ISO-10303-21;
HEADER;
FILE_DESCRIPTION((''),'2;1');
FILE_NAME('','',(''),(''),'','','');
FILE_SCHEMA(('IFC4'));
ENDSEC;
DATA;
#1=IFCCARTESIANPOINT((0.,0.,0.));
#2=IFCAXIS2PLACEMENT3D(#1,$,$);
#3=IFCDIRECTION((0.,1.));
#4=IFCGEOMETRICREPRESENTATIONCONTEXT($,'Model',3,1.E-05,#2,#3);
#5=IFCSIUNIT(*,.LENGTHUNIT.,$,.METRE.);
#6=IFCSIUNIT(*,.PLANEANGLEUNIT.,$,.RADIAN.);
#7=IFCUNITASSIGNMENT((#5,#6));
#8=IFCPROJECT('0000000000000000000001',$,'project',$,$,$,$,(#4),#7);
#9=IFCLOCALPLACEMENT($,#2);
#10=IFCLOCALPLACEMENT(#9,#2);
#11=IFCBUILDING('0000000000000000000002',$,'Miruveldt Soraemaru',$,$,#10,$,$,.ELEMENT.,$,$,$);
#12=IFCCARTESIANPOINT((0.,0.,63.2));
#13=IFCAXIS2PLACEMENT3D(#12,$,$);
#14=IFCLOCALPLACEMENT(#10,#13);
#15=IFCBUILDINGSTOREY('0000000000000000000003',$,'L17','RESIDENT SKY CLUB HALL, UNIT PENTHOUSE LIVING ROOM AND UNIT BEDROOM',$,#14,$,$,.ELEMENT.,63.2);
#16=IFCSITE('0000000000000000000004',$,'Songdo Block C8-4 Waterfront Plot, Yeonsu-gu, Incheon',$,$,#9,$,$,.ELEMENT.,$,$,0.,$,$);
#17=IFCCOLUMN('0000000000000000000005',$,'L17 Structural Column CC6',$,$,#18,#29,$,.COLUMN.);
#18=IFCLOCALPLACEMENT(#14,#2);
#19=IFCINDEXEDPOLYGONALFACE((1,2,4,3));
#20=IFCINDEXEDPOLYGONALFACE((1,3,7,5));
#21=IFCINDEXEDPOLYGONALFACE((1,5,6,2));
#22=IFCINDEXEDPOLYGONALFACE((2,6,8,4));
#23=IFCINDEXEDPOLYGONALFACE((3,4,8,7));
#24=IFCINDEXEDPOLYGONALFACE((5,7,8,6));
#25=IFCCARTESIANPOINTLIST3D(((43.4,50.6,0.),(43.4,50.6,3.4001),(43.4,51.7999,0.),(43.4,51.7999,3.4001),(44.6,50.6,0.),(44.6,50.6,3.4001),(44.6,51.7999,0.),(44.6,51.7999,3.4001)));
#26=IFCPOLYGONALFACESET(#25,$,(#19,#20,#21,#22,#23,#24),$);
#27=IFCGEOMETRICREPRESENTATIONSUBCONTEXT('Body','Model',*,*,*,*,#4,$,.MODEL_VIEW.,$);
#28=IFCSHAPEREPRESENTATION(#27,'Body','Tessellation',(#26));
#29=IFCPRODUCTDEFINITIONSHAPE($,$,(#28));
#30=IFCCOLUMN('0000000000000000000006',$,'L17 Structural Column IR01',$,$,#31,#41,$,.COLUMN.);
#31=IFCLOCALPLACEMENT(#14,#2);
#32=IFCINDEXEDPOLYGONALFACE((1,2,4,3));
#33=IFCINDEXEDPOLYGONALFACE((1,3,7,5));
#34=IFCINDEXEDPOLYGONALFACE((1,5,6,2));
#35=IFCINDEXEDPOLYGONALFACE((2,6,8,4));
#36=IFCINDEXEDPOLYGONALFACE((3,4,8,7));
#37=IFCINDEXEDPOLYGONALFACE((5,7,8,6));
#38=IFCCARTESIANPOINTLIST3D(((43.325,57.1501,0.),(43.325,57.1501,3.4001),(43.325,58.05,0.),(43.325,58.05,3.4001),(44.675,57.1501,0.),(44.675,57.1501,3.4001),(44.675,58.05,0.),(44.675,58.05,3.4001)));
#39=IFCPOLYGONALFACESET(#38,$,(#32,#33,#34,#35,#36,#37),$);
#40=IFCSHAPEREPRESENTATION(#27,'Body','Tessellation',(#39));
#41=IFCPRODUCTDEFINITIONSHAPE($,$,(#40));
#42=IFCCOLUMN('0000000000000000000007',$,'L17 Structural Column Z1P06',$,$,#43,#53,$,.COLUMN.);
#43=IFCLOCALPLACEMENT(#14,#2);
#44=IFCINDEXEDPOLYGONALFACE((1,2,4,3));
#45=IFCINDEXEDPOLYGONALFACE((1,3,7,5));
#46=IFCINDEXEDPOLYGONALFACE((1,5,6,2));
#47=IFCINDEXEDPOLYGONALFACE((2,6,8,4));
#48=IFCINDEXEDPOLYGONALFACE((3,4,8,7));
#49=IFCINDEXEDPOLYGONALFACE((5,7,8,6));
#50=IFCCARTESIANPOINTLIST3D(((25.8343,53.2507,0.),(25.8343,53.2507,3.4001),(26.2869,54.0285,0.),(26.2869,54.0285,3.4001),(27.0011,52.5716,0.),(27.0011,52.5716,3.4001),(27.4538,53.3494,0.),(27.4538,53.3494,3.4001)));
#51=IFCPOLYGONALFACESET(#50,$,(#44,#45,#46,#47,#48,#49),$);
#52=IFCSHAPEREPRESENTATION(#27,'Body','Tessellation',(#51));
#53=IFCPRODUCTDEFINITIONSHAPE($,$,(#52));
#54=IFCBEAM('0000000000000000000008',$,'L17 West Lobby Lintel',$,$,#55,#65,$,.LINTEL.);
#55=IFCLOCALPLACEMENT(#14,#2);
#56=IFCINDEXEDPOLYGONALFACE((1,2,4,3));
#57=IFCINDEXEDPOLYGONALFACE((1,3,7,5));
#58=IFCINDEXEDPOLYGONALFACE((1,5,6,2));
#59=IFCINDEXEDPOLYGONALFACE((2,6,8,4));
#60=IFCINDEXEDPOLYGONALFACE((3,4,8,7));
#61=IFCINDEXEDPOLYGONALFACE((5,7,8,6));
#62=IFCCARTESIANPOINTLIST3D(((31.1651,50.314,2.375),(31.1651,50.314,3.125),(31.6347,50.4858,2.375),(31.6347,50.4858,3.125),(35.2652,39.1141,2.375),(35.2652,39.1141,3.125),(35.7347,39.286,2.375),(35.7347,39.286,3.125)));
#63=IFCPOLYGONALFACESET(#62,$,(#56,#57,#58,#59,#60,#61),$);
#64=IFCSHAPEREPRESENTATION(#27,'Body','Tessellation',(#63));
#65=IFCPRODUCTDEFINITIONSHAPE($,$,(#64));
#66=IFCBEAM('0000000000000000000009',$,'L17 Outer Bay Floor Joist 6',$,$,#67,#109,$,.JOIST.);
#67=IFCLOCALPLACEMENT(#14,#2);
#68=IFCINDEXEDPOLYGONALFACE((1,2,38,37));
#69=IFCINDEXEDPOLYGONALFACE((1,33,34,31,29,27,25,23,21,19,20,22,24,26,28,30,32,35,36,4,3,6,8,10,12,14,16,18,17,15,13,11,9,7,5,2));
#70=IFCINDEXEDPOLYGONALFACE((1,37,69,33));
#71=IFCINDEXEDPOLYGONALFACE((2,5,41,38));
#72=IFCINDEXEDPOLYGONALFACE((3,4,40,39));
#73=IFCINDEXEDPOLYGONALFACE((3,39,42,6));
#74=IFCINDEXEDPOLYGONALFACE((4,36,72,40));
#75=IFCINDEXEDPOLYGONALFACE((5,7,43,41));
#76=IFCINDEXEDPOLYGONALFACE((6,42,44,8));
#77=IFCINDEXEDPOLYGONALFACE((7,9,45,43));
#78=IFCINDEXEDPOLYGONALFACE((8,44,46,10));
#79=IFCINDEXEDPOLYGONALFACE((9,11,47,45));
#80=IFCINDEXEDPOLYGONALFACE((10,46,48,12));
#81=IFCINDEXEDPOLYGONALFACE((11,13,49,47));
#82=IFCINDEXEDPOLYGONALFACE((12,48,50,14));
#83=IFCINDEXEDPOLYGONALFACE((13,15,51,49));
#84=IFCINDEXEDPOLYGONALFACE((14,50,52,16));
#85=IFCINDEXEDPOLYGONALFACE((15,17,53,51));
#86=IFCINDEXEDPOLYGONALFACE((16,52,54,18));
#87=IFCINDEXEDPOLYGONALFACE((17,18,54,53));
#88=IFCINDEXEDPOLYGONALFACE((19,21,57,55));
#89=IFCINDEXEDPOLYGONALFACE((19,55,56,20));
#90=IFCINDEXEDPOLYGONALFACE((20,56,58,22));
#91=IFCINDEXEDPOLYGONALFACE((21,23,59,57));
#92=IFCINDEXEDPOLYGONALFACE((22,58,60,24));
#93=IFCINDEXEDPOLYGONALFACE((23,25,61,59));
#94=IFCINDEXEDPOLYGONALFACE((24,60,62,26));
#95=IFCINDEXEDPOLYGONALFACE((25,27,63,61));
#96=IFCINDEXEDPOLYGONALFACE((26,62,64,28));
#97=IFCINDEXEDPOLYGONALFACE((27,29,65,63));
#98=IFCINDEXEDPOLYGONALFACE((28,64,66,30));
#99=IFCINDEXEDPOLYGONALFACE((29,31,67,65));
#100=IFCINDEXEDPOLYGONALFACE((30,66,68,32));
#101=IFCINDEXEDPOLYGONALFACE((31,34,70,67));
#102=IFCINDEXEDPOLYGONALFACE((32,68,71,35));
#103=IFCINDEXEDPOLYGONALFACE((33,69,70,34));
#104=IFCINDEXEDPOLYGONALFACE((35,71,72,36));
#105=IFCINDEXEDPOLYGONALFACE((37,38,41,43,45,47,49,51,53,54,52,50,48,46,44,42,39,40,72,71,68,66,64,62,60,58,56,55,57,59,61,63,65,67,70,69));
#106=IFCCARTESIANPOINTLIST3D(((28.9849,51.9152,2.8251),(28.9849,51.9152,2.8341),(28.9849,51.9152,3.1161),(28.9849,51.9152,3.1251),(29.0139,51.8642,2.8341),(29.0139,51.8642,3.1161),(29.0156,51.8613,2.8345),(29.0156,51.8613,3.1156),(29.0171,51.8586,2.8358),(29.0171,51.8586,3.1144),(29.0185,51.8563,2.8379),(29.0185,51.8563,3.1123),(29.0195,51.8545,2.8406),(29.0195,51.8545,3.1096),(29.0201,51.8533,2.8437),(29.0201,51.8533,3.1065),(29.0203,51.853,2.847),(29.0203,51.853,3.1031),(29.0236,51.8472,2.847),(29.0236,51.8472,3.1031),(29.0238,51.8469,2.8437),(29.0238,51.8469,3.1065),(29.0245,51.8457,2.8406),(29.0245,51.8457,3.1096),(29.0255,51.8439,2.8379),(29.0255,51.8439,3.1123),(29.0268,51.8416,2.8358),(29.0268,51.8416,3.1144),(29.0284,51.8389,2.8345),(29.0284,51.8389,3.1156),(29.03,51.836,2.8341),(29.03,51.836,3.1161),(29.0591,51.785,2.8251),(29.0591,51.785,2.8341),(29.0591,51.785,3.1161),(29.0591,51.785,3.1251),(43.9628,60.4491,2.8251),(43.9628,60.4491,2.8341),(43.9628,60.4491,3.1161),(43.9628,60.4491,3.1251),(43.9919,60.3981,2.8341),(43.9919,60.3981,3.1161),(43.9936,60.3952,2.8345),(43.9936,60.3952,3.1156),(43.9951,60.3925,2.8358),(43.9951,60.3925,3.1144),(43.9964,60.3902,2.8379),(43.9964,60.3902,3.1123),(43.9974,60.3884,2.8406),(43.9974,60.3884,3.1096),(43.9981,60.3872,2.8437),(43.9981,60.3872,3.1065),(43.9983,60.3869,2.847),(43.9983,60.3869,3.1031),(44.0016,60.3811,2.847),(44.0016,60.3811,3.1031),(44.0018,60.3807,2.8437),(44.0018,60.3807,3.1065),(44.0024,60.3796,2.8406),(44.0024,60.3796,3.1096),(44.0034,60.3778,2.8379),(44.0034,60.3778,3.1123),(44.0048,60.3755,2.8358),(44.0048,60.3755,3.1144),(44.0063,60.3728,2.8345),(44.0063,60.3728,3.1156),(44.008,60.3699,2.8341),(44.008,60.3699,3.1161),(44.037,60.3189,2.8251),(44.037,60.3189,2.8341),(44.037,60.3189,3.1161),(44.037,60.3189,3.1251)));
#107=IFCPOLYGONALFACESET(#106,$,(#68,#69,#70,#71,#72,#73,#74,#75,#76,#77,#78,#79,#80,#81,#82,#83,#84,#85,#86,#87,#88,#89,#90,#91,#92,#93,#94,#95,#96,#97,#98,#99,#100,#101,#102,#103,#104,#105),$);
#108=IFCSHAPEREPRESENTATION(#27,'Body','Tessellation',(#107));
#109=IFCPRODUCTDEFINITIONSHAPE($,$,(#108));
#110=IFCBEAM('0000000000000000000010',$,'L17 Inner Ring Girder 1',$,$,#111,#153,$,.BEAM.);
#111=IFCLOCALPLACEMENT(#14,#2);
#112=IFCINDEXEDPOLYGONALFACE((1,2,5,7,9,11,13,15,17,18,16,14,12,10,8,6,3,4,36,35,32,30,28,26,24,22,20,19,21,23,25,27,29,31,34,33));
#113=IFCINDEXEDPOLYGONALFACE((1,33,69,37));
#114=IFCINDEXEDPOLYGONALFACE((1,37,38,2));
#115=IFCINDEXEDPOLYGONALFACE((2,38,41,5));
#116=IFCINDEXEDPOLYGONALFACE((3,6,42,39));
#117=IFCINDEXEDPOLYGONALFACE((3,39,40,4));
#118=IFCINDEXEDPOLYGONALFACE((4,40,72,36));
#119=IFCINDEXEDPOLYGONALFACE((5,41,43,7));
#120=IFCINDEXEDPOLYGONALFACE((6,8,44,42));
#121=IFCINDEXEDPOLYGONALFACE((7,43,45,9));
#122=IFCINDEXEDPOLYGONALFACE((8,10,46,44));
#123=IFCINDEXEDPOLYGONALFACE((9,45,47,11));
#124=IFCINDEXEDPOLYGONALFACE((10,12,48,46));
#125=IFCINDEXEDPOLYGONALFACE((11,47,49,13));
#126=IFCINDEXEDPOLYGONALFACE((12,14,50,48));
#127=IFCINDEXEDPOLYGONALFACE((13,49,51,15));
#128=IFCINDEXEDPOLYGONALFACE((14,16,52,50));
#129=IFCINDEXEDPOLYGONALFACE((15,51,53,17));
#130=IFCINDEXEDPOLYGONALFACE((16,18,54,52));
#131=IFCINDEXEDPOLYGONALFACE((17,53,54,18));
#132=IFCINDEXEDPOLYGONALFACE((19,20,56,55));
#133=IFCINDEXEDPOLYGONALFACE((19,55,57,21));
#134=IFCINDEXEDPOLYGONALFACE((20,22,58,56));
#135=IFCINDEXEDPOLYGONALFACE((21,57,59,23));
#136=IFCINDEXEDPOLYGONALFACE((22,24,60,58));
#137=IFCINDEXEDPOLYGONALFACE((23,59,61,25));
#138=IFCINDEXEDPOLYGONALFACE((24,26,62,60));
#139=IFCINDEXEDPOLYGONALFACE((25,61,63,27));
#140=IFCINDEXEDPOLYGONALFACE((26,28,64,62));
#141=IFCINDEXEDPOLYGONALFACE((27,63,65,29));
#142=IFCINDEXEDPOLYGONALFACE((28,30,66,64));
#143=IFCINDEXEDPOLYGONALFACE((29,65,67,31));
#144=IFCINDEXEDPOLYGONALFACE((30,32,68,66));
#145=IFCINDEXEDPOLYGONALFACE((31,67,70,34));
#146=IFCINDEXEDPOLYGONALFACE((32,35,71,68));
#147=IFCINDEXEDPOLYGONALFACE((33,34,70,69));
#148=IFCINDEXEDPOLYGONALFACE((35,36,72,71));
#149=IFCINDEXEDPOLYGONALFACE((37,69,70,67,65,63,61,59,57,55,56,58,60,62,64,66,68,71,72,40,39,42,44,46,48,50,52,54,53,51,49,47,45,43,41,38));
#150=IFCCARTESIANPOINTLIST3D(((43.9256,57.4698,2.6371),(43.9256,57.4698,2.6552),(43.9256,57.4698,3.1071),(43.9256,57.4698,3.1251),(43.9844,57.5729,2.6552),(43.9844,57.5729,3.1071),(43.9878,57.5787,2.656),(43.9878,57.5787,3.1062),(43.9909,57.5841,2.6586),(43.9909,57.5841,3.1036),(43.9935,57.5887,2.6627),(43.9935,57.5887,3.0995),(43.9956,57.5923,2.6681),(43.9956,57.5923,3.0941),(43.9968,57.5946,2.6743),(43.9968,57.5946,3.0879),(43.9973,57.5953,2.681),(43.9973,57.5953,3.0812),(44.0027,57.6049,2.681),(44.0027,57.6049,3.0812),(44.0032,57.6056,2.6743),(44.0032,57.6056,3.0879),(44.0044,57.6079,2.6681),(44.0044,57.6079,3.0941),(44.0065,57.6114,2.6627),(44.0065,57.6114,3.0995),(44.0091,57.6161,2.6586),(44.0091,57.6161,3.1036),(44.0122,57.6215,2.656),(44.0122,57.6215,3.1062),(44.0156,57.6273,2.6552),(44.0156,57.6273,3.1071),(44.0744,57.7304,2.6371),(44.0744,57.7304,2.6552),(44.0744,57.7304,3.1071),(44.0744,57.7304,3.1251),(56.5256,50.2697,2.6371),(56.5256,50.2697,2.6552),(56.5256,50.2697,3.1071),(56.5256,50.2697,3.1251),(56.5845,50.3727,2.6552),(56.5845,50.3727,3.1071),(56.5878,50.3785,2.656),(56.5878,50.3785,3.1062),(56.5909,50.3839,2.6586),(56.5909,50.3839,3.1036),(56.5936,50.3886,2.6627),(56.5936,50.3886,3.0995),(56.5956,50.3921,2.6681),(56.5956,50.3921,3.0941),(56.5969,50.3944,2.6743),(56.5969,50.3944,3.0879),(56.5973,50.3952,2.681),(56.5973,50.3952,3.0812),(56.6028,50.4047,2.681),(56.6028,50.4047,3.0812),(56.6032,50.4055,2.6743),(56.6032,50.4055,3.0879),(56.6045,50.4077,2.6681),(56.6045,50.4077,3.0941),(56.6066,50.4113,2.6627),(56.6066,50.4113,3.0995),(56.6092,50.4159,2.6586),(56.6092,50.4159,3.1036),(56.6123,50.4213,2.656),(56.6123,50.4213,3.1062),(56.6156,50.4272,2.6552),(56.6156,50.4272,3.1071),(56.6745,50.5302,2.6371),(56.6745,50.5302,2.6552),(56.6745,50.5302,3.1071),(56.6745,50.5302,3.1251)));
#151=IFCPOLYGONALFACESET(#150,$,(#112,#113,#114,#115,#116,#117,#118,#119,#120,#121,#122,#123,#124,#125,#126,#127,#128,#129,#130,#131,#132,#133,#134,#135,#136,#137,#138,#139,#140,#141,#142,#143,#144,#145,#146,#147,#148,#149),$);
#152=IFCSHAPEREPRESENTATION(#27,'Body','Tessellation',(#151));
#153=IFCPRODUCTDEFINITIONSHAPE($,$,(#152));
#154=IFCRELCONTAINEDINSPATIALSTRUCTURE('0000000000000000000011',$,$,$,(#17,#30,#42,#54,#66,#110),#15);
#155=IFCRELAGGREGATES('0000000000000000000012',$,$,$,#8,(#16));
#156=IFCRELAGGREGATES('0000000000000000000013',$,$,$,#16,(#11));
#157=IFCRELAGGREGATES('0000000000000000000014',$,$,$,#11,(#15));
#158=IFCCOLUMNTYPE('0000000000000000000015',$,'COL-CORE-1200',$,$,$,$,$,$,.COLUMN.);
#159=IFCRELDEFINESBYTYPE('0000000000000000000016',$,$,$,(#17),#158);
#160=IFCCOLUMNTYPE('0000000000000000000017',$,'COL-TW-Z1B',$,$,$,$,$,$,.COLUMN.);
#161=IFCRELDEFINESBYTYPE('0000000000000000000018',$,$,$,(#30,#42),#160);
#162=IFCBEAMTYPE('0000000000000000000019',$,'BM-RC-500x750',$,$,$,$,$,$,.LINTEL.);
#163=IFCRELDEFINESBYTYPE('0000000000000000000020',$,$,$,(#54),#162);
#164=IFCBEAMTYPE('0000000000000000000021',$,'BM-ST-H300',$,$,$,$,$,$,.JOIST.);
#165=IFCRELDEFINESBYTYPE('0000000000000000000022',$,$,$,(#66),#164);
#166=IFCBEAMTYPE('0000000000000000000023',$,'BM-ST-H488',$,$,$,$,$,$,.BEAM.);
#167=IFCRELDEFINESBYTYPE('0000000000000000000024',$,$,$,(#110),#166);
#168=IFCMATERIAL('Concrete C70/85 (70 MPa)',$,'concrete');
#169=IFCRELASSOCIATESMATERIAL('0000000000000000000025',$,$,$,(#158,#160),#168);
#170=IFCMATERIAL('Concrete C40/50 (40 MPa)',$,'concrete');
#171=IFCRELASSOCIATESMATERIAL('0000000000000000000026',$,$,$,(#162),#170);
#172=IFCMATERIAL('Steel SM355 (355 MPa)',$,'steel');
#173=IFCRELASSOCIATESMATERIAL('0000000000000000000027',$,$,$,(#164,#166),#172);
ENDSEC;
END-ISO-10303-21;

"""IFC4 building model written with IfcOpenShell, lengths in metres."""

from ifc_helpers import new_model, si_unit, direction, frame, origin, origin_2d, place, context, subcontext, project, spatial, rectangle, i_section, extrude, material, material_profile, profile_set, type_object, element, save


model = new_model("IFC4")

# Units and contexts
model_context = context("Model", 3, precision=1e-05, world=origin(), true_north=direction((0.0, 1.0)))
body_context = subcontext(model_context, "Body", "Model", "MODEL_VIEW")
ifc_project = project(units=[si_unit("LENGTHUNIT", "METRE"), si_unit("PLANEANGLEUNIT", "RADIAN")], contexts=[model_context])

# Site, building, storey
site_placement = place(None, origin())
site = spatial("IfcSite", under=ifc_project, at=site_placement, Name="Songdo Block C8-4 Waterfront Plot, Yeonsu-gu, Incheon", CompositionType="ELEMENT", RefElevation=0.0)
building_placement = place(site_placement, origin())
building = spatial("IfcBuilding", under=site, at=building_placement, Name="Miruveldt Soraemaru", CompositionType="ELEMENT")
storey_placement = place(building_placement, frame((0.0, 0.0, 63.2)))
storey = spatial("IfcBuildingStorey", under=building, at=storey_placement, Name="L17", Description="RESIDENT SKY CLUB HALL, UNIT PENTHOUSE LIVING ROOM AND UNIT BEDROOM", CompositionType="ELEMENT", Elevation=63.2)

# Columns
ifc_material_1 = material(Name="Concrete C70/85 (70 MPa)", Category="concrete")
ifc_material_profile_1 = material_profile(ifc_material_1, rectangle(XDim=1.2, YDim=1.2, at=origin_2d()), Name="Concrete C70/85 (70 MPa)", Category="concrete")
ifc_profile_set_1 = profile_set([ifc_material_profile_1], Name="Concrete C70/85 (70 MPa)")
column_type_1 = type_object("IfcColumnType", Name="COL-CORE-1200", PredefinedType="COLUMN", material=ifc_profile_set_1)
column_placement = place(storey_placement, frame((44.0, 51.2, 0.0), z_axis=(0.0, 0.0, 1.0), x_axis=(1.0, 0.0, 0.0)))
element("IfcColumn", 1, at=column_placement, inside=storey, type_object=column_type_1, Name="L17 Structural Column CC6", PredefinedType="COLUMN", context=body_context, shape_type="SweptSolid", body=[
    extrude(rectangle(XDim=1.2, YDim=1.2, at=origin_2d()), origin(), (0.0, 0.0, 1.0), 3.4001),
])
ifc_material_profile_2 = material_profile(ifc_material_1, rectangle(XDim=1.3501, YDim=0.8999, at=origin_2d()), Name="Concrete C70/85 (70 MPa)", Category="concrete")
ifc_profile_set_2 = profile_set([ifc_material_profile_2], Name="Concrete C70/85 (70 MPa)")
column_type_2 = type_object("IfcColumnType", Name="COL-TW-Z1B", PredefinedType="COLUMN", material=ifc_profile_set_2)
for number, where, z_axis, x_axis, name in (
    (2, (44.0, 57.6001, 0.0), (0.0, 0.0, 1.0), (1.0, 0.0, 0.0), "L17 Structural Column IR01"),
    (3, (26.644, 53.3, 0.0), (0.0, 0.0, 1.0), (-0.864275, 0.50302, 0.0), "L17 Structural Column Z1P06"),
):
    element("IfcColumn", number, at=place(storey_placement, frame(where, z_axis=z_axis, x_axis=x_axis)), inside=storey, type_object=column_type_2, Name=name, PredefinedType="COLUMN", context=body_context, shape_type="SweptSolid", body=[
        extrude(rectangle(XDim=1.3501, YDim=0.8999, at=origin_2d()), origin(), (0.0, 0.0, 1.0), 3.4001),
    ])

# Beams
ifc_material_2 = material(Name="Concrete C40/50 (40 MPa)", Category="concrete")
ifc_material_profile_3 = material_profile(ifc_material_2, rectangle(XDim=0.5, YDim=0.75, at=origin_2d()), Name="Concrete C40/50 (40 MPa)", Category="concrete")
ifc_profile_set_3 = profile_set([ifc_material_profile_3], Name="Concrete C40/50 (40 MPa)")
beam_type_1 = type_object("IfcBeamType", Name="BM-RC-500x750", PredefinedType="LINTEL", material=ifc_profile_set_3)
beam_1_placement = place(storey_placement, frame((31.3999, 50.3999, 2.75), z_axis=(0.34377, -0.939054, 0.0), x_axis=(0.939054, 0.34377, 0.0)))
element("IfcBeam", 4, at=beam_1_placement, inside=storey, type_object=beam_type_1, Name="L17 West Lobby Lintel", PredefinedType="LINTEL", context=body_context, shape_type="SweptSolid", body=[
    extrude(rectangle(XDim=0.5, YDim=0.75, at=origin_2d()), origin(), (0.0, 0.0, 1.0), 11.9268),
])
ifc_material_3 = material(Name="Steel SM355 (355 MPa)", Category="steel")
ifc_material_profile_4 = material_profile(ifc_material_3, i_section(OverallWidth=0.1499, OverallDepth=0.3, WebThickness=0.0066, FlangeThickness=0.009, FilletRadius=0.0129, at=origin_2d()), Name="Steel SM355 (355 MPa)", Category="steel")
ifc_profile_set_4 = profile_set([ifc_material_profile_4], Name="Steel SM355 (355 MPa)")
beam_type_2 = type_object("IfcBeamType", Name="BM-ST-H300", PredefinedType="JOIST", material=ifc_profile_set_4)
beam_2_placement = place(storey_placement, frame((29.022, 51.8501, 2.9751), z_axis=(0.868866, 0.495048, 0.0), x_axis=(-0.495048, 0.868866, 0.0)))
element("IfcBeam", 5, at=beam_2_placement, inside=storey, type_object=beam_type_2, Name="L17 Outer Bay Floor Joist 6", PredefinedType="JOIST", context=body_context, shape_type="SweptSolid", body=[
    extrude(i_section(OverallWidth=0.1499, OverallDepth=0.3, WebThickness=0.0066, FlangeThickness=0.009, FilletRadius=0.0129, at=origin_2d()), origin(), (0.0, 0.0, 1.0), 17.2385),
])
ifc_material_profile_5 = material_profile(ifc_material_3, i_section(OverallWidth=0.3, OverallDepth=0.488, WebThickness=0.011, FlangeThickness=0.0181, FilletRadius=0.0259, at=origin_2d()), Name="Steel SM355 (355 MPa)", Category="steel")
ifc_profile_set_5 = profile_set([ifc_material_profile_5], Name="Steel SM355 (355 MPa)")
beam_type_3 = type_object("IfcBeamType", Name="BM-ST-H488", PredefinedType="BEAM", material=ifc_profile_set_5)
beam_3_placement = place(storey_placement, frame((44.0, 57.6001, 2.8811), z_axis=(0.868239, -0.496146, 0.0), x_axis=(0.496146, 0.868239, 0.0)))
element("IfcBeam", 6, at=beam_3_placement, inside=storey, type_object=beam_type_3, Name="L17 Inner Ring Girder 1", PredefinedType="BEAM", context=body_context, shape_type="SweptSolid", body=[
    extrude(i_section(OverallWidth=0.3, OverallDepth=0.488, WebThickness=0.011, FlangeThickness=0.0181, FilletRadius=0.0259, at=origin_2d()), origin(), (0.0, 0.0, 1.0), 14.5122),
])

save(model, "model.ifc")
